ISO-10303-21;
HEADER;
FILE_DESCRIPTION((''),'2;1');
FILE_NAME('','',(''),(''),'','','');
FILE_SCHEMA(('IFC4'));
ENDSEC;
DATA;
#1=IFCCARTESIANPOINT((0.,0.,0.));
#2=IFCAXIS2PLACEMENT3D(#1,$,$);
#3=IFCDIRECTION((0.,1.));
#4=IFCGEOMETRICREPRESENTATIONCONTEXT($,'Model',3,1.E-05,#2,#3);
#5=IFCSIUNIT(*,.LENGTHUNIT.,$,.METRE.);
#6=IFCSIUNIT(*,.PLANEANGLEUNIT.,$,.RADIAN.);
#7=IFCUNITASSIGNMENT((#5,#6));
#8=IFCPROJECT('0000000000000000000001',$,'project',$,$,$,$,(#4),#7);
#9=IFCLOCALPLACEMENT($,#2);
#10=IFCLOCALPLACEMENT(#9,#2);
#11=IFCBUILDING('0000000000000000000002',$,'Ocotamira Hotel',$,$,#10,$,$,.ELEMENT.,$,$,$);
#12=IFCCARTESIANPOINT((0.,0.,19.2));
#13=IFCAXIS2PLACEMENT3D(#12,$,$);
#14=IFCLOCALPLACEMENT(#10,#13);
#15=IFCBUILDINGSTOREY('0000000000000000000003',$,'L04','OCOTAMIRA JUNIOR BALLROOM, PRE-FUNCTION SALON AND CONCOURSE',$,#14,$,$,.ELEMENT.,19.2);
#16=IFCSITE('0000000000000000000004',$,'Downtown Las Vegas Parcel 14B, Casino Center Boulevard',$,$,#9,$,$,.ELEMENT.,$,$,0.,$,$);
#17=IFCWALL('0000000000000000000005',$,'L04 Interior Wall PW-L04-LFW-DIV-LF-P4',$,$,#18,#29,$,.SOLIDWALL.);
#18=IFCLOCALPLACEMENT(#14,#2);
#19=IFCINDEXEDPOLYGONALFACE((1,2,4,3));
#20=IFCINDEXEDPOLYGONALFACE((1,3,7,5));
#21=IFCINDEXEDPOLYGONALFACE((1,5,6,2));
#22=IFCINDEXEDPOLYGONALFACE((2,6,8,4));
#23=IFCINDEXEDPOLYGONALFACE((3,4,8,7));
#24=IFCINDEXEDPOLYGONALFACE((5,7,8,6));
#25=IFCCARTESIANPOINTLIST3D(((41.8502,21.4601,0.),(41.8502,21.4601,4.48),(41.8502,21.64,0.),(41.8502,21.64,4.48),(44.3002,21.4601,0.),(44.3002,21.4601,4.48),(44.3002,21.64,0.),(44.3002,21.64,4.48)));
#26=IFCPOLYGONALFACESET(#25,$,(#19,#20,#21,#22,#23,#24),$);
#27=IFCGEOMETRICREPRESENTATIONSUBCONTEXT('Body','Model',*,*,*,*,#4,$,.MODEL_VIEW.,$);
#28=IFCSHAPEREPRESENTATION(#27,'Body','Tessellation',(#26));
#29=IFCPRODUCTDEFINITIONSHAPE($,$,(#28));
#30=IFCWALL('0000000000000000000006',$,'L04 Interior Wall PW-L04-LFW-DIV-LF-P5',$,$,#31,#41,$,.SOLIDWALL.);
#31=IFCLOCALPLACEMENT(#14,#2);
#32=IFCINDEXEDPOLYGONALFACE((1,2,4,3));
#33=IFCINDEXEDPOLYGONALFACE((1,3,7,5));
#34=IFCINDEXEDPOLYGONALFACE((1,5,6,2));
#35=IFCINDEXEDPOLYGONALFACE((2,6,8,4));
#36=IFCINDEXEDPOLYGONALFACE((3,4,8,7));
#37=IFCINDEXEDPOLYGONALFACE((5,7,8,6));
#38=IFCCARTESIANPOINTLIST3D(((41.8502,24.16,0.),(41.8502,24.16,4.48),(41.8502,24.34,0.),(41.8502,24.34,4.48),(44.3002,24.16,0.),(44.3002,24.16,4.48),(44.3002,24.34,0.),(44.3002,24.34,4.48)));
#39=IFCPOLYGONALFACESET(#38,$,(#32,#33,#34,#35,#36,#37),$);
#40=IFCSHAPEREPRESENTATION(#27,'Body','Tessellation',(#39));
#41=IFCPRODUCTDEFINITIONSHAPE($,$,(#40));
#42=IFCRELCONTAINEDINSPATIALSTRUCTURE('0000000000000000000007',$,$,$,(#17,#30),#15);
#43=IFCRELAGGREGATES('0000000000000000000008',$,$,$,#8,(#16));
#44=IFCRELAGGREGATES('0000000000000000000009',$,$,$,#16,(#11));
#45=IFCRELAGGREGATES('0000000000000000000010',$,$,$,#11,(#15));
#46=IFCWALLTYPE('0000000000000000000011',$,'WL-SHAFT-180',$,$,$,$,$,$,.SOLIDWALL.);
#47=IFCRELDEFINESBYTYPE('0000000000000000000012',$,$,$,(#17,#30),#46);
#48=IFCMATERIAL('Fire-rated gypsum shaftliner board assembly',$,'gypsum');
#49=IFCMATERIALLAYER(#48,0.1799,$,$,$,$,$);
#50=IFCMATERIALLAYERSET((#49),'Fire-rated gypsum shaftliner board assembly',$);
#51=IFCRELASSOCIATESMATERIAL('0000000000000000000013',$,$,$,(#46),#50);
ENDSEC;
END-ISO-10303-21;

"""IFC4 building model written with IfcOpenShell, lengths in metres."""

from ifc_helpers import new_model, si_unit, direction, frame, frame_2d, origin, place, context, subcontext, project, spatial, rectangle, extrude, material, layer, layer_set, type_object, element, save


model = new_model("IFC4")

# Units and contexts
model_context = context("Model", 3, precision=1e-05, world=origin(), true_north=direction((0.0, 1.0)))
body_context = subcontext(model_context, "Body", "Model", "MODEL_VIEW")
ifc_project = project(units=[si_unit("LENGTHUNIT", "METRE"), si_unit("PLANEANGLEUNIT", "RADIAN")], contexts=[model_context])

# Site, building, storey
site_placement = place(None, origin())
site = spatial("IfcSite", under=ifc_project, at=site_placement, Name="Downtown Las Vegas Parcel 14B, Casino Center Boulevard", CompositionType="ELEMENT", RefElevation=0.0)
building_placement = place(site_placement, origin())
building = spatial("IfcBuilding", under=site, at=building_placement, Name="Ocotamira Hotel", CompositionType="ELEMENT")
storey_placement = place(building_placement, frame((0.0, 0.0, 19.2)))
storey = spatial("IfcBuildingStorey", under=building, at=storey_placement, Name="L04", Description="OCOTAMIRA JUNIOR BALLROOM, PRE-FUNCTION SALON AND CONCOURSE", CompositionType="ELEMENT", Elevation=19.2)

# Shared definitions
ifc_material_1 = material(Name="Fire-rated gypsum shaftliner board assembly", Category="gypsum")
ifc_layer_1 = layer(ifc_material_1, 0.1799)
ifc_layer_set_1 = layer_set([ifc_layer_1], Name="Fire-rated gypsum shaftliner board assembly")
wall_type_1 = type_object("IfcWallType", Name="WL-SHAFT-180", PredefinedType="SOLIDWALL", material=ifc_layer_set_1)

# Walls
for number, where, z_axis, x_axis, name in (
    (1, (41.8501, 21.55, 0.0), (0.0, 0.0, 1.0), (1.0, 0.0, 0.0), "L04 Interior Wall PW-L04-LFW-DIV-LF-P4"),
    (2, (41.8501, 24.25, 0.0), (0.0, 0.0, 1.0), (1.0, 0.0, 0.0), "L04 Interior Wall PW-L04-LFW-DIV-LF-P5"),
):
    element("IfcWall", number, at=place(storey_placement, frame(where, z_axis=z_axis, x_axis=x_axis)), inside=storey, type_object=wall_type_1, Name=name, PredefinedType="SOLIDWALL", context=body_context, shape_type="SweptSolid", body=[
        extrude(rectangle(XDim=2.45, YDim=0.1799, at=frame_2d((1.2251, 0.0))), origin(), (0.0, 0.0, 1.0), 4.48),
    ])

save(model, "model.ifc")
